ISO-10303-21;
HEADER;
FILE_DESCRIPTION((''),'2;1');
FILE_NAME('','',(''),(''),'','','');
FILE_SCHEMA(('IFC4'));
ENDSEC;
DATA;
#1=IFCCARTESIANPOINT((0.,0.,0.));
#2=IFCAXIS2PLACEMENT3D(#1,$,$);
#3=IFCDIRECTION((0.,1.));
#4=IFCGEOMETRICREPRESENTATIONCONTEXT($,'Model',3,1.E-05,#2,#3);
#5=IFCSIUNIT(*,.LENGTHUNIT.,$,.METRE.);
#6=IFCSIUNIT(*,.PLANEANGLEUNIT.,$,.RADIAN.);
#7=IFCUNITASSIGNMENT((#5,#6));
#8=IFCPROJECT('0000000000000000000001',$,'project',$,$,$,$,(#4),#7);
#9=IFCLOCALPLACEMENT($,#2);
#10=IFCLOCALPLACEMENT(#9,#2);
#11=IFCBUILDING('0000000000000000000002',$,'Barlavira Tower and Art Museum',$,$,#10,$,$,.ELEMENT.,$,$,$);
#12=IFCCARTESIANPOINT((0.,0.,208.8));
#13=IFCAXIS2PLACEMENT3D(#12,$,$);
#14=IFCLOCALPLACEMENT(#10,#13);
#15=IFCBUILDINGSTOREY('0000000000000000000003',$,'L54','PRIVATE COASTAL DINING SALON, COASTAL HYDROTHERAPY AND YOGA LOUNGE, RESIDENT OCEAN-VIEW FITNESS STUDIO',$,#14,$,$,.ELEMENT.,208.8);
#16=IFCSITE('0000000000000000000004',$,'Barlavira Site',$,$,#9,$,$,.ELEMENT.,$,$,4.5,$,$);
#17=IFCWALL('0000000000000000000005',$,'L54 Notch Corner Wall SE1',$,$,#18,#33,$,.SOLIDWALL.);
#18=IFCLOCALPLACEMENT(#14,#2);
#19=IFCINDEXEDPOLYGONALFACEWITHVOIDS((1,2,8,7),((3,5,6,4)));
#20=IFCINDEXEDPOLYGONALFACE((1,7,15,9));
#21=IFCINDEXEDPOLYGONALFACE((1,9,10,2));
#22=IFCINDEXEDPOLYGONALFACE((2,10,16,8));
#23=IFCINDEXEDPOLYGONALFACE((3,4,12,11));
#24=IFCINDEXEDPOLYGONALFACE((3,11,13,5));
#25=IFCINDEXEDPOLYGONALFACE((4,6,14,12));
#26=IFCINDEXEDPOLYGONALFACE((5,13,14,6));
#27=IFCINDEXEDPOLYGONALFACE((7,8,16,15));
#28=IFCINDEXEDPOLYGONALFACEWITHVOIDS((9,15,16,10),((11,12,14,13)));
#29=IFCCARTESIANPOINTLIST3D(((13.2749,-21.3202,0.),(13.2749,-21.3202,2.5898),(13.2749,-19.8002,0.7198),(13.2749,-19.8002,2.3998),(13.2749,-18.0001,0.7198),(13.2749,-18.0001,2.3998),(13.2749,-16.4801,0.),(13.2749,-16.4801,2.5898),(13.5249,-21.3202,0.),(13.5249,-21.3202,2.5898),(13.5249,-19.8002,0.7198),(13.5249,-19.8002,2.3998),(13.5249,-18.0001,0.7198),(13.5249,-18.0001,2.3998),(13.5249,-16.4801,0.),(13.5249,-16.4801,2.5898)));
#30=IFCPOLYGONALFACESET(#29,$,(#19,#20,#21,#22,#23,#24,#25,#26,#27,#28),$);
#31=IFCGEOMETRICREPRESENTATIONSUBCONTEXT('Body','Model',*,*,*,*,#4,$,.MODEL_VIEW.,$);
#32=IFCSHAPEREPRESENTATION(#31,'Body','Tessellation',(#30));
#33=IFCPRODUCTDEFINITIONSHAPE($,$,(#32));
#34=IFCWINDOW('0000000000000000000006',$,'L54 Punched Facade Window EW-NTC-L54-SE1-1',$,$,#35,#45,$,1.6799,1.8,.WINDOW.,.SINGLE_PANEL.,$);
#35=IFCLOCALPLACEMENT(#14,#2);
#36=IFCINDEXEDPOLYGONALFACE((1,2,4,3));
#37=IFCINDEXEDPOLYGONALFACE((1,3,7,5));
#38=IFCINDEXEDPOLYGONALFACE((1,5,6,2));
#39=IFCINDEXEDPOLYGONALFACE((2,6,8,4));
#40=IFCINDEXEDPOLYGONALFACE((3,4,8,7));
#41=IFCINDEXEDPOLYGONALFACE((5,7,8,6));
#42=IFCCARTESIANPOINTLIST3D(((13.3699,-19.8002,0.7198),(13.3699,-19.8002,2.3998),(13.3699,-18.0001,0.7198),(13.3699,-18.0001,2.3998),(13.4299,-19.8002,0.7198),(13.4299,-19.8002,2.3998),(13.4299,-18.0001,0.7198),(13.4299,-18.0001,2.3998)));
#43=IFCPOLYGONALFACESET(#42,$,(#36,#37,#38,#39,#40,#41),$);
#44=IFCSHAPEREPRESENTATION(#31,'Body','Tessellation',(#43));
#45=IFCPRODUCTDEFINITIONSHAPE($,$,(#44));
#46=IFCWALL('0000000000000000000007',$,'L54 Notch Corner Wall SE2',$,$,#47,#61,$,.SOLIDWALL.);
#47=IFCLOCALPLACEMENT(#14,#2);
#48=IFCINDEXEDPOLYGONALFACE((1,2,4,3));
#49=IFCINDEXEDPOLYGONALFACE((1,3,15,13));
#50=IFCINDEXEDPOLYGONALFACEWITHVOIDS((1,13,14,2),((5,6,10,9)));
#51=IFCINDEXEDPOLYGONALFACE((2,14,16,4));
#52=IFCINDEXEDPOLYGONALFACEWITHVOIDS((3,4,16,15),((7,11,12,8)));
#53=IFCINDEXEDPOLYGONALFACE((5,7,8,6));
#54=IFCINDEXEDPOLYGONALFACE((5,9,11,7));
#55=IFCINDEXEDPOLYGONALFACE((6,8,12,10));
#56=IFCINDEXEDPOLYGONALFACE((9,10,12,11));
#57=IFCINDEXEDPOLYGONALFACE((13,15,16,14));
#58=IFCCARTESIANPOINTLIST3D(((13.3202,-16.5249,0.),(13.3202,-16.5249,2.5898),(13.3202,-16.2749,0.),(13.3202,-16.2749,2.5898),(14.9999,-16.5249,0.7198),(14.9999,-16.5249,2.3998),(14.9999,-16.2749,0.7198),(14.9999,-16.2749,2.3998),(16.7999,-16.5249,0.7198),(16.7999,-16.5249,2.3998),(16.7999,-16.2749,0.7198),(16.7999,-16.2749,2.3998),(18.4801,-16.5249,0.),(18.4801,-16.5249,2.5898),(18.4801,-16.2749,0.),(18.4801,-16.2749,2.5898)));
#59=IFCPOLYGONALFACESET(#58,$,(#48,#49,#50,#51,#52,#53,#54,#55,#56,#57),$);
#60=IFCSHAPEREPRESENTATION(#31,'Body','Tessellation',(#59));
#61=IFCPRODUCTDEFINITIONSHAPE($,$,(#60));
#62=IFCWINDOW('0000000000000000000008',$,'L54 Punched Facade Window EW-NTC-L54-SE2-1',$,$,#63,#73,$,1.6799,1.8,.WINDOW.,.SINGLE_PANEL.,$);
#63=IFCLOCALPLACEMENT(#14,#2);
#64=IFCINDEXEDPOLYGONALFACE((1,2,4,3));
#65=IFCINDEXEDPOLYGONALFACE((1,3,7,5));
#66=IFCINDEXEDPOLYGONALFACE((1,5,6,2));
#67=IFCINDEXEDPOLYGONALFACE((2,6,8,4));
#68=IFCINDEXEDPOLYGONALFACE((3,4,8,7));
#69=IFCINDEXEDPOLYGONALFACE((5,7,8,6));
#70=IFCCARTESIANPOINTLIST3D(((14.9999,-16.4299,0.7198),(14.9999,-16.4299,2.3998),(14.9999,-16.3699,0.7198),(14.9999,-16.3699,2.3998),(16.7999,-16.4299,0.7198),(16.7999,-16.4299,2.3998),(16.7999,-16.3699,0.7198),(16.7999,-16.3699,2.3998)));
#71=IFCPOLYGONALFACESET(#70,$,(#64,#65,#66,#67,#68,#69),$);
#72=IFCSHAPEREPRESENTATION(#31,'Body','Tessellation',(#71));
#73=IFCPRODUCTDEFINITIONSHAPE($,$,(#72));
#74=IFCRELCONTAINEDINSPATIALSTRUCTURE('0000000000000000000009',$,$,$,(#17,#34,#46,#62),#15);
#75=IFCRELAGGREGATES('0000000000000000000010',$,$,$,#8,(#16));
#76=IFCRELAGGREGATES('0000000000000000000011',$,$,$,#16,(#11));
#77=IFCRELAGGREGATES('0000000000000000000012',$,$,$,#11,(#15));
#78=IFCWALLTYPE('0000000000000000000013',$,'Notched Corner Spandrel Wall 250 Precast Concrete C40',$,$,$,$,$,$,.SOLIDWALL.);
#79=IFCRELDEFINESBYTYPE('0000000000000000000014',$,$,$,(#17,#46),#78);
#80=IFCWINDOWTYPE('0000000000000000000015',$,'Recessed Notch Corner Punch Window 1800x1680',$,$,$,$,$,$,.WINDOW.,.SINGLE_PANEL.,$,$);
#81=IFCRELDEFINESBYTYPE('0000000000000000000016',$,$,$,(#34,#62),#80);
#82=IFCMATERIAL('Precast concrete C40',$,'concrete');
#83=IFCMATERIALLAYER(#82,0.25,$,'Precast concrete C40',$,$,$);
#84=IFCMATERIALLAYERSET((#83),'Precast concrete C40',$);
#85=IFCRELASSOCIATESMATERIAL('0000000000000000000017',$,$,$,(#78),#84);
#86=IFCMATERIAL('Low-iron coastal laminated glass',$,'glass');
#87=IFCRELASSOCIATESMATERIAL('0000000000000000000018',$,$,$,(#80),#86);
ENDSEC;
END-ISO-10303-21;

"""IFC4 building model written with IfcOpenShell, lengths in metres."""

from ifc_helpers import new_model, si_unit, direction, frame, frame_2d, origin, place, context, subcontext, project, spatial, rectangle, extrude, material, layer, layer_set, type_object, element, fill, save


model = new_model("IFC4")

# Units and contexts
model_context = context("Model", 3, precision=1e-05, world=origin(), true_north=direction((0.0, 1.0)))
body_context = subcontext(model_context, "Body", "Model", "MODEL_VIEW")
ifc_project = project(units=[si_unit("LENGTHUNIT", "METRE"), si_unit("PLANEANGLEUNIT", "RADIAN")], contexts=[model_context])

# Site, building, storey
site_placement = place(None, origin())
site = spatial("IfcSite", under=ifc_project, at=site_placement, Name="Barlavira Site", CompositionType="ELEMENT", RefElevation=4.5)
building_placement = place(site_placement, origin())
building = spatial("IfcBuilding", under=site, at=building_placement, Name="Barlavira Tower and Art Museum", CompositionType="ELEMENT")
storey_placement = place(building_placement, frame((0.0, 0.0, 208.8)))
storey = spatial("IfcBuildingStorey", under=building, at=storey_placement, Name="L54", Description="PRIVATE COASTAL DINING SALON, COASTAL HYDROTHERAPY AND YOGA LOUNGE, RESIDENT OCEAN-VIEW FITNESS STUDIO", CompositionType="ELEMENT", Elevation=208.8)

# Walls, openings, windows
ifc_material_1 = material(Name="Precast concrete C40", Category="concrete")
ifc_layer_1 = layer(ifc_material_1, 0.25, Name="Precast concrete C40")
ifc_layer_set_1 = layer_set([ifc_layer_1], Name="Precast concrete C40")
wall_type_1 = type_object("IfcWallType", Name="Notched Corner Spandrel Wall 250 Precast Concrete C40", PredefinedType="SOLIDWALL", material=ifc_layer_set_1)
ifc_material_2 = material(Name="Low-iron coastal laminated glass", Category="glass")
window_type_1 = type_object("IfcWindowType", Name="Recessed Notch Corner Punch Window 1800x1680", PartitioningType="SINGLE_PANEL", PredefinedType="WINDOW", material=ifc_material_2)
wall_1_placement = place(storey_placement, frame((13.3999, -21.3201, 0.0), z_axis=(0.0, 0.0, 1.0), x_axis=(0.0, 1.0, 0.0)))
wall_1 = element("IfcWall", 1, at=wall_1_placement, inside=storey, type_object=wall_type_1, Name="L54 Notch Corner Wall SE1", PredefinedType="SOLIDWALL", context=body_context, shape_type="SweptSolid", body=[
    extrude(rectangle(XDim=4.8401, YDim=0.25, at=frame_2d((2.4199, 0.0))), origin(), (0.0, 0.0, 1.0), 2.5898),
])
opening_1_placement = place(wall_1_placement, frame((1.52, 0.0, 0.72)))
opening_1 = element("IfcOpeningElement", 2, at=opening_1_placement, cuts=wall_1, PredefinedType="OPENING", context=body_context, shape_type="SweptSolid", body=[
    extrude(rectangle(XDim=1.8, YDim=1.6799, at=frame_2d((0.8999, 0.8398))), frame((0.0, 0.135, 0.0), z_axis=(0.0, -1.0, 0.0), x_axis=(1.0, 0.0, 0.0)), (0.0, 0.0, 1.0), 0.27),
])
window_1_placement = place(opening_1_placement, origin())
window_1 = element("IfcWindow", 3, at=window_1_placement, inside=storey, type_object=window_type_1, Name="L54 Punched Facade Window EW-NTC-L54-SE1-1", OverallHeight=1.6799, OverallWidth=1.8, PartitioningType="SINGLE_PANEL", PredefinedType="WINDOW", context=body_context, shape_type="SweptSolid", body=[
    extrude(rectangle(XDim=1.8, YDim=1.6799, at=frame_2d((0.8999, 0.8398))), frame((0.0, 0.03, 0.0), z_axis=(0.0, -1.0, 0.0), x_axis=(1.0, 0.0, 0.0)), (0.0, 0.0, 1.0), 0.0601),
])
fill(opening_1, window_1)
wall_2_placement = place(storey_placement, frame((13.3201, -16.3999, 0.0), z_axis=(0.0, 0.0, 1.0), x_axis=(1.0, 0.0, 0.0)))
wall_2 = element("IfcWall", 4, at=wall_2_placement, inside=storey, type_object=wall_type_1, Name="L54 Notch Corner Wall SE2", PredefinedType="SOLIDWALL", context=body_context, shape_type="SweptSolid", body=[
    extrude(rectangle(XDim=5.1599, YDim=0.25, at=frame_2d((2.5801, 0.0))), origin(), (0.0, 0.0, 1.0), 2.5898),
])
opening_2_placement = place(wall_2_placement, frame((1.6799, 0.0, 0.72)))
opening_2 = element("IfcOpeningElement", 5, at=opening_2_placement, cuts=wall_2, PredefinedType="OPENING", context=body_context, shape_type="SweptSolid", body=[
    extrude(rectangle(XDim=1.8, YDim=1.6799, at=frame_2d((0.8999, 0.8398))), frame((0.0, 0.135, 0.0), z_axis=(0.0, -1.0, 0.0), x_axis=(1.0, 0.0, 0.0)), (0.0, 0.0, 1.0), 0.27),
])
window_2_placement = place(opening_2_placement, origin())
window_2 = element("IfcWindow", 6, at=window_2_placement, inside=storey, type_object=window_type_1, Name="L54 Punched Facade Window EW-NTC-L54-SE2-1", OverallHeight=1.6799, OverallWidth=1.8, PartitioningType="SINGLE_PANEL", PredefinedType="WINDOW", context=body_context, shape_type="SweptSolid", body=[
    extrude(rectangle(XDim=1.8, YDim=1.6799, at=frame_2d((0.8999, 0.8398))), frame((0.0, 0.03, 0.0), z_axis=(0.0, -1.0, 0.0), x_axis=(1.0, 0.0, 0.0)), (0.0, 0.0, 1.0), 0.0601),
])
fill(opening_2, window_2)

save(model, "model.ifc")
